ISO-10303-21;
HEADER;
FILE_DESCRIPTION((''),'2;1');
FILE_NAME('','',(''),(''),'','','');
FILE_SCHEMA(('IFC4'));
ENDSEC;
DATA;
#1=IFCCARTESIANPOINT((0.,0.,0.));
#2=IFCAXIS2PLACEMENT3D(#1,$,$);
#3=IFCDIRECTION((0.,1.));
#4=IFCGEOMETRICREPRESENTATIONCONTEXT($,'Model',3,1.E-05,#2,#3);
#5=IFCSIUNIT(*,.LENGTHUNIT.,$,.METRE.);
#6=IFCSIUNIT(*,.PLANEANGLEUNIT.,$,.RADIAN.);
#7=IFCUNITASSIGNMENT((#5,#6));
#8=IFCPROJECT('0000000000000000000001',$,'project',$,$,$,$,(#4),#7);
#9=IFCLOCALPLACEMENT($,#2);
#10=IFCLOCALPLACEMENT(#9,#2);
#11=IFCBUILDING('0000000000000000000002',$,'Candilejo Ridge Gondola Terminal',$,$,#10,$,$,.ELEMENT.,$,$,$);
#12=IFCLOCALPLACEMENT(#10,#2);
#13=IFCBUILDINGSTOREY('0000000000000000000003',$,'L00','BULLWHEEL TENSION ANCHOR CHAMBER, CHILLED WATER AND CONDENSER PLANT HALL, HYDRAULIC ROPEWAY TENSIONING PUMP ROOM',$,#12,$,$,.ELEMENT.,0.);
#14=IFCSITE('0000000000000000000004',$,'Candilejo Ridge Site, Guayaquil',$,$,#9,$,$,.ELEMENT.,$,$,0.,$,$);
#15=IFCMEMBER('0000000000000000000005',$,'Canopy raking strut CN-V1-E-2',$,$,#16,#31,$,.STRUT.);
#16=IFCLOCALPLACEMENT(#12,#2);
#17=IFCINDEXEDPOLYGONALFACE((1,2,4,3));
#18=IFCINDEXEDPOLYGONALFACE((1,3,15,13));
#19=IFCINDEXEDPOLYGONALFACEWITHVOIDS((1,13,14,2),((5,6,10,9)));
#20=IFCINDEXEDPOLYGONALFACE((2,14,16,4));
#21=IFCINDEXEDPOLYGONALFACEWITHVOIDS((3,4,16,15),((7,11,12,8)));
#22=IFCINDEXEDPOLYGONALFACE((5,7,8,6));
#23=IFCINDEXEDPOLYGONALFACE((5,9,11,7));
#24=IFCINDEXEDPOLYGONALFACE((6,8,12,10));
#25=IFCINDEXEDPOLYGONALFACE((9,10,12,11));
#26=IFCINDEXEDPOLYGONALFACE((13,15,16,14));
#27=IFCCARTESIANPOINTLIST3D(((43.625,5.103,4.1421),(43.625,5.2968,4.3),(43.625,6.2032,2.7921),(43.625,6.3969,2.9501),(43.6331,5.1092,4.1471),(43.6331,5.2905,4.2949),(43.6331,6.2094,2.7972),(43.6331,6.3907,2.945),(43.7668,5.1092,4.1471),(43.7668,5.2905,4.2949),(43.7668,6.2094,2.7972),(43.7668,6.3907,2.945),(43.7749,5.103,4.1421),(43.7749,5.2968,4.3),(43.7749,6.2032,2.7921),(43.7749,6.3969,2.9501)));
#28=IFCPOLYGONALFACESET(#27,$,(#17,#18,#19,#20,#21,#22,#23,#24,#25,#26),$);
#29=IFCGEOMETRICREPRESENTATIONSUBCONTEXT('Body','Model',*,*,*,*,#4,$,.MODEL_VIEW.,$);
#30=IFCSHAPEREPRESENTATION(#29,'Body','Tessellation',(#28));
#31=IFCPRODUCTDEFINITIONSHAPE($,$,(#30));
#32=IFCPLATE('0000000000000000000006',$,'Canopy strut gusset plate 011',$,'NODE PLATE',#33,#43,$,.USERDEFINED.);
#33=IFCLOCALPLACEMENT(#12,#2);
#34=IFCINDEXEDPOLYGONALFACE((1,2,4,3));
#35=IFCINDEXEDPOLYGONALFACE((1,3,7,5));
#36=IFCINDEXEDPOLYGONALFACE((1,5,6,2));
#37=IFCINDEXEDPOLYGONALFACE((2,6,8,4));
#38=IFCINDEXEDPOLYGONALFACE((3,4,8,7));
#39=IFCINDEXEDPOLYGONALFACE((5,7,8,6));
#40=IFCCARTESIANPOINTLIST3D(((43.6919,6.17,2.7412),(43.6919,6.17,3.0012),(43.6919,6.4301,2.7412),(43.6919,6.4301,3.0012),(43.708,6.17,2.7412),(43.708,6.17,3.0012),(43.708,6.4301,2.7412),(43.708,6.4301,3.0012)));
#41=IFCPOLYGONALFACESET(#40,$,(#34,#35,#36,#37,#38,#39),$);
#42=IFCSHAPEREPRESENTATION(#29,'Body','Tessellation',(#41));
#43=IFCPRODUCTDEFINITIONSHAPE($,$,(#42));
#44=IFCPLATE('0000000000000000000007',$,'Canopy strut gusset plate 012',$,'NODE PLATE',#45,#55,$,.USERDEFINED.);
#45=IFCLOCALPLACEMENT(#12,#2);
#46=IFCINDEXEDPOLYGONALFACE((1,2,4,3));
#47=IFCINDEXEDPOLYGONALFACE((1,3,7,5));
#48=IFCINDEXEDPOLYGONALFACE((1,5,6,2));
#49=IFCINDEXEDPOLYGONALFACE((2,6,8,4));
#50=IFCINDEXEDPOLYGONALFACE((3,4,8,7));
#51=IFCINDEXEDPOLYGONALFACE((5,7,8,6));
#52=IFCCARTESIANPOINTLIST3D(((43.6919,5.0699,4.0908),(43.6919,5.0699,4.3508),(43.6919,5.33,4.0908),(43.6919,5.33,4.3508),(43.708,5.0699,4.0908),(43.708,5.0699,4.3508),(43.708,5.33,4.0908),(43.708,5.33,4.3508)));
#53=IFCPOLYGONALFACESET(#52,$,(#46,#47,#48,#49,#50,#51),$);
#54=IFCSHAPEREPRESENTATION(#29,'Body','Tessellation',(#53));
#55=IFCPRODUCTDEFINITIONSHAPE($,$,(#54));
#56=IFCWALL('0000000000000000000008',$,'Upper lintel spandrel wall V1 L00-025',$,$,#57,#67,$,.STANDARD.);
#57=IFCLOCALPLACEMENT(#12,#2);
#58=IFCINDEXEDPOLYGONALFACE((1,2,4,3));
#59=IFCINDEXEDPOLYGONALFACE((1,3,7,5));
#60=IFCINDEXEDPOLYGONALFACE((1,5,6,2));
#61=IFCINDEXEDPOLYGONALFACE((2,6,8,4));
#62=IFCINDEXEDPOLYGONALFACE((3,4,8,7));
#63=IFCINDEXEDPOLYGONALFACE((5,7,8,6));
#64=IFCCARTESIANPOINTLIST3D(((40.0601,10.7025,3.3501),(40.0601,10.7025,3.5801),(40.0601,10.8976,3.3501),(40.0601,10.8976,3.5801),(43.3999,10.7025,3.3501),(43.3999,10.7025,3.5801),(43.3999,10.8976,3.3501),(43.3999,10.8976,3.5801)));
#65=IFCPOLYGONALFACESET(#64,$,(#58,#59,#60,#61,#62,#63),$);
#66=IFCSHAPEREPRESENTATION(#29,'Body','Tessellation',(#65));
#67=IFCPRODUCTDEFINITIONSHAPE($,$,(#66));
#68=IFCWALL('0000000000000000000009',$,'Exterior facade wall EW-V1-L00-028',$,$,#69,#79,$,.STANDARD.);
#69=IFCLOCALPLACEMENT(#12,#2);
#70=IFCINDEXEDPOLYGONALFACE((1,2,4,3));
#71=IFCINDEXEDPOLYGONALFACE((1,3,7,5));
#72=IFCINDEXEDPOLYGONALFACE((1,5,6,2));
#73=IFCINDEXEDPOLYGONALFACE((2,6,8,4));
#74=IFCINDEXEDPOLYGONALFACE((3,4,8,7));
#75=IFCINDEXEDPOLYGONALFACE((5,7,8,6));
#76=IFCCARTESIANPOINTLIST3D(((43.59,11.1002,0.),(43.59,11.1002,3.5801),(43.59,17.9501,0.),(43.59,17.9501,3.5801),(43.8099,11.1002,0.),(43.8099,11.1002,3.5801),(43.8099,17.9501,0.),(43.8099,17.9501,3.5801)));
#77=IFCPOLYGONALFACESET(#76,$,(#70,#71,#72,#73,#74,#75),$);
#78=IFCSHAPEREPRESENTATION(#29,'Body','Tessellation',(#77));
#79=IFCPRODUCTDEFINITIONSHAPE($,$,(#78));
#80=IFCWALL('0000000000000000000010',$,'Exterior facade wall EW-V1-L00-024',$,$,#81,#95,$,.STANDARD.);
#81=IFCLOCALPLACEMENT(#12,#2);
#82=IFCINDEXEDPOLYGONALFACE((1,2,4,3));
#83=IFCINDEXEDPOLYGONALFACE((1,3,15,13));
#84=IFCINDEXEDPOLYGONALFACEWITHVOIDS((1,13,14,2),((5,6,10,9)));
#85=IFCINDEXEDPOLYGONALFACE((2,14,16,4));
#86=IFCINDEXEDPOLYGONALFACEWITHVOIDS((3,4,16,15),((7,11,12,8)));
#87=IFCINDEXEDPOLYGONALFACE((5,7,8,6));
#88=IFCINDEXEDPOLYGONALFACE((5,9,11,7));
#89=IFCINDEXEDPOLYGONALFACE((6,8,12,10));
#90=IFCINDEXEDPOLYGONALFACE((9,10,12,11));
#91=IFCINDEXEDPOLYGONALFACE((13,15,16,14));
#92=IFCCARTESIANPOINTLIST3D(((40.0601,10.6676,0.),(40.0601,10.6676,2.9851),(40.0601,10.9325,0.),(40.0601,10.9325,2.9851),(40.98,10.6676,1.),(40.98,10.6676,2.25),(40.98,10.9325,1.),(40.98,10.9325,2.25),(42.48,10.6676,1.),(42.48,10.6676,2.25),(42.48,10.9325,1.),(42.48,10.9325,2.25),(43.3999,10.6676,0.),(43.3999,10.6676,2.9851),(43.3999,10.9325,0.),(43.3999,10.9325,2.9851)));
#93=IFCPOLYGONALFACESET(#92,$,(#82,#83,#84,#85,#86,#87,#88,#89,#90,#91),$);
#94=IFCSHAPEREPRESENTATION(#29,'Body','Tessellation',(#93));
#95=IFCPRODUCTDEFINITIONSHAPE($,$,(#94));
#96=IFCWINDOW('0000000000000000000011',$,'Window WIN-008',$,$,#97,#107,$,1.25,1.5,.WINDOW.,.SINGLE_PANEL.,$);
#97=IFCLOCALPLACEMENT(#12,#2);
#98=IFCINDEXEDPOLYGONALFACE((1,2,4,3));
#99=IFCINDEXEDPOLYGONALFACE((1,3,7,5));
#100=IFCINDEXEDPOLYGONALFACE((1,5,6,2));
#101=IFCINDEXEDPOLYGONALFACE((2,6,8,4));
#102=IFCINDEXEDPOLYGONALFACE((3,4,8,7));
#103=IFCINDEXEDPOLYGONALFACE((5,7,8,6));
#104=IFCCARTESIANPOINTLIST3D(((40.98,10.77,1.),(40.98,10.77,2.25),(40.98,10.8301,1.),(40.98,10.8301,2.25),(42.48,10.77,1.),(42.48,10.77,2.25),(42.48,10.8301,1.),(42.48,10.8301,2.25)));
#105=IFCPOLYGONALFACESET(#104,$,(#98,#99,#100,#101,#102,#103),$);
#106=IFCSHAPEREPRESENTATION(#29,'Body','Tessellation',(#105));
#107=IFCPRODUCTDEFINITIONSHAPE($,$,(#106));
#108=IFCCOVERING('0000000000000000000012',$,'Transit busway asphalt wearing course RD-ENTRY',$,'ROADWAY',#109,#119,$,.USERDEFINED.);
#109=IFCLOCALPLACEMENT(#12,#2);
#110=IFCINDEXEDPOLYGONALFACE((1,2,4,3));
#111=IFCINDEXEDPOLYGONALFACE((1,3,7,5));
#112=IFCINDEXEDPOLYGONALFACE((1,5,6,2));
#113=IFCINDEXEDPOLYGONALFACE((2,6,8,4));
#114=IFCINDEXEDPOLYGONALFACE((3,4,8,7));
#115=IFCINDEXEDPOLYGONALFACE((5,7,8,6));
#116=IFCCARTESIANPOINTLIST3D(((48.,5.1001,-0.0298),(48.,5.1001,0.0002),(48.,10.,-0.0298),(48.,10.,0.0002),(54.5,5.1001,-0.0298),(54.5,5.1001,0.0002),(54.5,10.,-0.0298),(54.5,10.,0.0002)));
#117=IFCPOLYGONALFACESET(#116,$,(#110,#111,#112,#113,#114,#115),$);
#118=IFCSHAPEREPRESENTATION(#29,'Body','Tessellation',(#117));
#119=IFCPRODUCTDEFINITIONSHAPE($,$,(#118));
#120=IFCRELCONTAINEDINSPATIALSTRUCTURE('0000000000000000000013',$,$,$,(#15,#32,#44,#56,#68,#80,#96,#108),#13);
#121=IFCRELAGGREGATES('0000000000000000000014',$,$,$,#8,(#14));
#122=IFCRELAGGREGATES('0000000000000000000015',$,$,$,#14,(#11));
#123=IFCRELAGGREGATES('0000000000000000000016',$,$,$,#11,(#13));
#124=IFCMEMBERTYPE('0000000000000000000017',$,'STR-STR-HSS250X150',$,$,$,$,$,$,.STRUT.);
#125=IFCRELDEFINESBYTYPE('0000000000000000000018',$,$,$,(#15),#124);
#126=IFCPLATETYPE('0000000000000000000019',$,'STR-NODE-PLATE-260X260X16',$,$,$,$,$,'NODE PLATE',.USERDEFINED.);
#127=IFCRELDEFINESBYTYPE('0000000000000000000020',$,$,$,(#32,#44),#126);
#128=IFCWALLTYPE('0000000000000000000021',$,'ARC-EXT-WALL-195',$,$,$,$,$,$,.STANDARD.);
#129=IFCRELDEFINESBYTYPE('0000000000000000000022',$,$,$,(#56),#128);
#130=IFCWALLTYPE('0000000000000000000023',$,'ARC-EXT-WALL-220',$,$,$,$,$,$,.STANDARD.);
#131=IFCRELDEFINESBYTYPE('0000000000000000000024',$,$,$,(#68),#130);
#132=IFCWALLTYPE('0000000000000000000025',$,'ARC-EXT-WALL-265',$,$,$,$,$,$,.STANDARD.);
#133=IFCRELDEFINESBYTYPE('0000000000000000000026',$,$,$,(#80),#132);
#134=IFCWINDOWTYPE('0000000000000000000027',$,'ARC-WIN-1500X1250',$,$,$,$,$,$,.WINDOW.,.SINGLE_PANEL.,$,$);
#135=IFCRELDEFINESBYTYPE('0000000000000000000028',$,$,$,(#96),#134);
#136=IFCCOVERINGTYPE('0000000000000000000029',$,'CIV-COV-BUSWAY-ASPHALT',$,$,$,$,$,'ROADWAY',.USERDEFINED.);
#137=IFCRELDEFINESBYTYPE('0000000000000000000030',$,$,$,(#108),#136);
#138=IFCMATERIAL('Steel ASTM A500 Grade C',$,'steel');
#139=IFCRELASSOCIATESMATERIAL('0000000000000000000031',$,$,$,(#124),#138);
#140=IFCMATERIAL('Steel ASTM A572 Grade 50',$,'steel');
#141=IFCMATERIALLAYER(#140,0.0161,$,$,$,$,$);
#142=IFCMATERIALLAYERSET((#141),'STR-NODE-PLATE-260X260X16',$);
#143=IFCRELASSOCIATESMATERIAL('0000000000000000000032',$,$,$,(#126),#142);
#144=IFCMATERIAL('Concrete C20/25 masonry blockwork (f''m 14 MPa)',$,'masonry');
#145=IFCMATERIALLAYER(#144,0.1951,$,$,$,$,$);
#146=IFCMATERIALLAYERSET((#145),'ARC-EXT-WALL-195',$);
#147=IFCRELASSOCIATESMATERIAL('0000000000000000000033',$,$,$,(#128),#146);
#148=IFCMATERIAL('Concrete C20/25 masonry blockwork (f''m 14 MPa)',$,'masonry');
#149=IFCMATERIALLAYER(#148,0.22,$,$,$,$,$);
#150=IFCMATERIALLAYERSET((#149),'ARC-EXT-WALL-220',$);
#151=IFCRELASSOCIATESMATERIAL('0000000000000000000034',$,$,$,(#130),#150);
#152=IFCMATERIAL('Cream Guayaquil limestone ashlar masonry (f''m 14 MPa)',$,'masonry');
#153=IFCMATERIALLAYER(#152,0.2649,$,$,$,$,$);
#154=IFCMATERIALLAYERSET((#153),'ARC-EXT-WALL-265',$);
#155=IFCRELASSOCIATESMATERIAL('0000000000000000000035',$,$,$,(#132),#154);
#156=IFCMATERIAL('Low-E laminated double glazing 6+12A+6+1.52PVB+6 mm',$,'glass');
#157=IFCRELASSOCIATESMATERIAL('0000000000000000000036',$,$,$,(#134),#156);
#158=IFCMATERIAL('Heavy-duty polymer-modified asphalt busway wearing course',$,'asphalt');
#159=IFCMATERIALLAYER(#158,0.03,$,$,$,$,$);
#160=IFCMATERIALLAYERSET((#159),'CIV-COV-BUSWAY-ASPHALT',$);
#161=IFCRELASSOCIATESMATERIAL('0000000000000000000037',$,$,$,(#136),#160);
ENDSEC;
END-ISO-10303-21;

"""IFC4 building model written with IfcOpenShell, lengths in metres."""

from ifc_helpers import new_model, si_unit, direction, frame, frame_2d, origin, origin_2d, place, context, subcontext, project, spatial, rectangle, hollow_rectangle, extrude, material, layer, layer_set, material_profile, profile_set, type_object, element, fill, save


model = new_model("IFC4")

# Units and contexts
model_context = context("Model", 3, precision=1e-05, world=origin(), true_north=direction((0.0, 1.0)))
body_context = subcontext(model_context, "Body", "Model", "MODEL_VIEW")
ifc_project = project(units=[si_unit("LENGTHUNIT", "METRE"), si_unit("PLANEANGLEUNIT", "RADIAN")], contexts=[model_context])

# Site, building, storey
site_placement = place(None, origin())
site = spatial("IfcSite", under=ifc_project, at=site_placement, Name="Candilejo Ridge Site, Guayaquil", CompositionType="ELEMENT", RefElevation=0.0)
building_placement = place(site_placement, origin())
building = spatial("IfcBuilding", under=site, at=building_placement, Name="Candilejo Ridge Gondola Terminal", CompositionType="ELEMENT")
storey_placement = place(building_placement, origin())
storey = spatial("IfcBuildingStorey", under=building, at=storey_placement, Name="L00", Description="BULLWHEEL TENSION ANCHOR CHAMBER, CHILLED WATER AND CONDENSER PLANT HALL, HYDRAULIC ROPEWAY TENSIONING PUMP ROOM", CompositionType="ELEMENT", Elevation=0.0)

# Member
ifc_material_1 = material(Name="Steel ASTM A500 Grade C", Category="steel")
ifc_material_profile_1 = material_profile(ifc_material_1, hollow_rectangle(XDim=0.1499, YDim=0.25, WallThickness=0.0081, at=origin_2d()))
ifc_profile_set_1 = profile_set([ifc_material_profile_1], Name="Steel ASTM A500 Grade C")
member_type = type_object("IfcMemberType", Name="STR-STR-HSS250X150", PredefinedType="STRUT", material=ifc_profile_set_1)
member_placement = place(storey_placement, frame((43.7, 6.3, 2.8711), z_axis=(0.0, -0.631748, 0.775174), x_axis=(1.0, 0.0, 0.0)))
element("IfcMember", 1, at=member_placement, inside=storey, type_object=member_type, Name="Canopy raking strut CN-V1-E-2", PredefinedType="STRUT", context=body_context, shape_type="SweptSolid", body=[
    extrude(hollow_rectangle(XDim=0.1499, YDim=0.25, WallThickness=0.0081, at=origin_2d()), origin(), (0.0, 0.0, 1.0), 1.7415),
])

# Plates
ifc_material_2 = material(Name="Steel ASTM A572 Grade 50", Category="steel")
ifc_layer_1 = layer(ifc_material_2, 0.0161)
ifc_layer_set_1 = layer_set([ifc_layer_1], Name="STR-NODE-PLATE-260X260X16")
plate_type = type_object("IfcPlateType", Name="STR-NODE-PLATE-260X260X16", ElementType="NODE PLATE", PredefinedType="USERDEFINED", material=ifc_layer_set_1)
for number, where, z_axis, x_axis, name in (
    (2, (43.7, 6.3, 2.7412), (0.0, 0.0, 1.0), (1.0, 0.0, 0.0), "Canopy strut gusset plate 011"),
    (3, (43.7, 5.2, 4.0908), (0.0, 0.0, 1.0), (1.0, 0.0, 0.0), "Canopy strut gusset plate 012"),
):
    element("IfcPlate", number, at=place(storey_placement, frame(where, z_axis=z_axis, x_axis=x_axis)), inside=storey, type_object=plate_type, Name=name, ObjectType="NODE PLATE", PredefinedType="USERDEFINED", context=body_context, shape_type="SweptSolid", body=[
        extrude(rectangle(XDim=0.0161, YDim=0.26, at=origin_2d()), origin(), (0.0, 0.0, 1.0), 0.26),
    ])

# Walls
ifc_material_3 = material(Name="Concrete C20/25 masonry blockwork (f'm 14 MPa)", Category="masonry")
ifc_layer_2 = layer(ifc_material_3, 0.1951)
ifc_layer_set_2 = layer_set([ifc_layer_2], Name="ARC-EXT-WALL-195")
wall_type_1 = type_object("IfcWallType", Name="ARC-EXT-WALL-195", PredefinedType="STANDARD", material=ifc_layer_set_2)
wall_1_placement = place(storey_placement, frame((43.3999, 10.8, 3.3501), z_axis=(0.0, 0.0, 1.0), x_axis=(-1.0, 0.0, 0.0)))
element("IfcWall", 4, at=wall_1_placement, inside=storey, type_object=wall_type_1, Name="Upper lintel spandrel wall V1 L00-025", PredefinedType="STANDARD", context=body_context, shape_type="SweptSolid", body=[
    extrude(rectangle(XDim=3.3398, YDim=0.1951, at=frame_2d((1.6699, 0.0))), origin(), (0.0, 0.0, 1.0), 0.23),
])
ifc_material_4 = material(Name="Concrete C20/25 masonry blockwork (f'm 14 MPa)", Category="masonry")
ifc_layer_3 = layer(ifc_material_4, 0.22)
ifc_layer_set_3 = layer_set([ifc_layer_3], Name="ARC-EXT-WALL-220")
wall_type_2 = type_object("IfcWallType", Name="ARC-EXT-WALL-220", PredefinedType="STANDARD", material=ifc_layer_set_3)
wall_2_placement = place(storey_placement, frame((43.7, 17.95, 0.0), z_axis=(0.0, 0.0, 1.0), x_axis=(0.0, -1.0, 0.0)))
element("IfcWall", 5, at=wall_2_placement, inside=storey, type_object=wall_type_2, Name="Exterior facade wall EW-V1-L00-028", PredefinedType="STANDARD", context=body_context, shape_type="SweptSolid", body=[
    extrude(rectangle(XDim=6.8499, YDim=0.22, at=frame_2d((3.4248, 0.0))), origin(), (0.0, 0.0, 1.0), 3.5801),
])

# Wall, opening, window
ifc_material_5 = material(Name="Cream Guayaquil limestone ashlar masonry (f'm 14 MPa)", Category="masonry")
ifc_layer_4 = layer(ifc_material_5, 0.2649)
ifc_layer_set_4 = layer_set([ifc_layer_4], Name="ARC-EXT-WALL-265")
wall_type_3 = type_object("IfcWallType", Name="ARC-EXT-WALL-265", PredefinedType="STANDARD", material=ifc_layer_set_4)
wall_3_placement = place(storey_placement, frame((43.3999, 10.8, 0.0), z_axis=(0.0, 0.0, 1.0), x_axis=(-1.0, 0.0, 0.0)))
wall_3 = element("IfcWall", 6, at=wall_3_placement, inside=storey, type_object=wall_type_3, Name="Exterior facade wall EW-V1-L00-024", PredefinedType="STANDARD", context=body_context, shape_type="SweptSolid", body=[
    extrude(rectangle(XDim=3.3398, YDim=0.2649, at=frame_2d((1.6699, 0.0))), origin(), (0.0, 0.0, 1.0), 2.9851),
])
opening_placement = place(wall_3_placement, frame((0.9199, 0.0, 1.0)))
opening = element("IfcOpeningElement", 7, at=opening_placement, cuts=wall_3, PredefinedType="OPENING", context=body_context, shape_type="SweptSolid", body=[
    extrude(rectangle(XDim=1.5, YDim=1.25, at=frame_2d((0.75, 0.625))), frame((0.0, 0.1423, 0.0), z_axis=(0.0, -1.0, 0.0), x_axis=(1.0, 0.0, 0.0)), (0.0, 0.0, 1.0), 0.2849),
])
ifc_material_6 = material(Name="Low-E laminated double glazing 6+12A+6+1.52PVB+6 mm", Category="glass")
window_type = type_object("IfcWindowType", Name="ARC-WIN-1500X1250", PartitioningType="SINGLE_PANEL", PredefinedType="WINDOW", material=ifc_material_6)
window_placement = place(opening_placement, origin())
window = element("IfcWindow", 8, at=window_placement, inside=storey, type_object=window_type, Name="Window WIN-008", OverallHeight=1.25, OverallWidth=1.5, PartitioningType="SINGLE_PANEL", PredefinedType="WINDOW", context=body_context, shape_type="SweptSolid", body=[
    extrude(rectangle(XDim=1.5, YDim=1.25, at=frame_2d((0.75, 0.625))), frame((0.0, 0.03, 0.0), z_axis=(0.0, -1.0, 0.0), x_axis=(1.0, 0.0, 0.0)), (0.0, 0.0, 1.0), 0.0601),
])
fill(opening, window)

# Covering
ifc_material_7 = material(Name="Heavy-duty polymer-modified asphalt busway wearing course", Category="asphalt")
ifc_layer_5 = layer(ifc_material_7, 0.03)
ifc_layer_set_5 = layer_set([ifc_layer_5], Name="CIV-COV-BUSWAY-ASPHALT")
covering_type = type_object("IfcCoveringType", Name="CIV-COV-BUSWAY-ASPHALT", ElementType="ROADWAY", PredefinedType="USERDEFINED", material=ifc_layer_set_5)
covering_placement = place(storey_placement, frame((51.25, 7.55, -0.0298), z_axis=(0.0, 0.0, 1.0), x_axis=(1.0, 0.0, 0.0)))
element("IfcCovering", 9, at=covering_placement, inside=storey, type_object=covering_type, Name="Transit busway asphalt wearing course RD-ENTRY", ObjectType="ROADWAY", PredefinedType="USERDEFINED", context=body_context, shape_type="SweptSolid", body=[
    extrude(rectangle(XDim=6.5, YDim=4.8999, at=origin_2d()), origin(), (0.0, 0.0, 1.0), 0.03),
])

save(model, "model.ifc")
